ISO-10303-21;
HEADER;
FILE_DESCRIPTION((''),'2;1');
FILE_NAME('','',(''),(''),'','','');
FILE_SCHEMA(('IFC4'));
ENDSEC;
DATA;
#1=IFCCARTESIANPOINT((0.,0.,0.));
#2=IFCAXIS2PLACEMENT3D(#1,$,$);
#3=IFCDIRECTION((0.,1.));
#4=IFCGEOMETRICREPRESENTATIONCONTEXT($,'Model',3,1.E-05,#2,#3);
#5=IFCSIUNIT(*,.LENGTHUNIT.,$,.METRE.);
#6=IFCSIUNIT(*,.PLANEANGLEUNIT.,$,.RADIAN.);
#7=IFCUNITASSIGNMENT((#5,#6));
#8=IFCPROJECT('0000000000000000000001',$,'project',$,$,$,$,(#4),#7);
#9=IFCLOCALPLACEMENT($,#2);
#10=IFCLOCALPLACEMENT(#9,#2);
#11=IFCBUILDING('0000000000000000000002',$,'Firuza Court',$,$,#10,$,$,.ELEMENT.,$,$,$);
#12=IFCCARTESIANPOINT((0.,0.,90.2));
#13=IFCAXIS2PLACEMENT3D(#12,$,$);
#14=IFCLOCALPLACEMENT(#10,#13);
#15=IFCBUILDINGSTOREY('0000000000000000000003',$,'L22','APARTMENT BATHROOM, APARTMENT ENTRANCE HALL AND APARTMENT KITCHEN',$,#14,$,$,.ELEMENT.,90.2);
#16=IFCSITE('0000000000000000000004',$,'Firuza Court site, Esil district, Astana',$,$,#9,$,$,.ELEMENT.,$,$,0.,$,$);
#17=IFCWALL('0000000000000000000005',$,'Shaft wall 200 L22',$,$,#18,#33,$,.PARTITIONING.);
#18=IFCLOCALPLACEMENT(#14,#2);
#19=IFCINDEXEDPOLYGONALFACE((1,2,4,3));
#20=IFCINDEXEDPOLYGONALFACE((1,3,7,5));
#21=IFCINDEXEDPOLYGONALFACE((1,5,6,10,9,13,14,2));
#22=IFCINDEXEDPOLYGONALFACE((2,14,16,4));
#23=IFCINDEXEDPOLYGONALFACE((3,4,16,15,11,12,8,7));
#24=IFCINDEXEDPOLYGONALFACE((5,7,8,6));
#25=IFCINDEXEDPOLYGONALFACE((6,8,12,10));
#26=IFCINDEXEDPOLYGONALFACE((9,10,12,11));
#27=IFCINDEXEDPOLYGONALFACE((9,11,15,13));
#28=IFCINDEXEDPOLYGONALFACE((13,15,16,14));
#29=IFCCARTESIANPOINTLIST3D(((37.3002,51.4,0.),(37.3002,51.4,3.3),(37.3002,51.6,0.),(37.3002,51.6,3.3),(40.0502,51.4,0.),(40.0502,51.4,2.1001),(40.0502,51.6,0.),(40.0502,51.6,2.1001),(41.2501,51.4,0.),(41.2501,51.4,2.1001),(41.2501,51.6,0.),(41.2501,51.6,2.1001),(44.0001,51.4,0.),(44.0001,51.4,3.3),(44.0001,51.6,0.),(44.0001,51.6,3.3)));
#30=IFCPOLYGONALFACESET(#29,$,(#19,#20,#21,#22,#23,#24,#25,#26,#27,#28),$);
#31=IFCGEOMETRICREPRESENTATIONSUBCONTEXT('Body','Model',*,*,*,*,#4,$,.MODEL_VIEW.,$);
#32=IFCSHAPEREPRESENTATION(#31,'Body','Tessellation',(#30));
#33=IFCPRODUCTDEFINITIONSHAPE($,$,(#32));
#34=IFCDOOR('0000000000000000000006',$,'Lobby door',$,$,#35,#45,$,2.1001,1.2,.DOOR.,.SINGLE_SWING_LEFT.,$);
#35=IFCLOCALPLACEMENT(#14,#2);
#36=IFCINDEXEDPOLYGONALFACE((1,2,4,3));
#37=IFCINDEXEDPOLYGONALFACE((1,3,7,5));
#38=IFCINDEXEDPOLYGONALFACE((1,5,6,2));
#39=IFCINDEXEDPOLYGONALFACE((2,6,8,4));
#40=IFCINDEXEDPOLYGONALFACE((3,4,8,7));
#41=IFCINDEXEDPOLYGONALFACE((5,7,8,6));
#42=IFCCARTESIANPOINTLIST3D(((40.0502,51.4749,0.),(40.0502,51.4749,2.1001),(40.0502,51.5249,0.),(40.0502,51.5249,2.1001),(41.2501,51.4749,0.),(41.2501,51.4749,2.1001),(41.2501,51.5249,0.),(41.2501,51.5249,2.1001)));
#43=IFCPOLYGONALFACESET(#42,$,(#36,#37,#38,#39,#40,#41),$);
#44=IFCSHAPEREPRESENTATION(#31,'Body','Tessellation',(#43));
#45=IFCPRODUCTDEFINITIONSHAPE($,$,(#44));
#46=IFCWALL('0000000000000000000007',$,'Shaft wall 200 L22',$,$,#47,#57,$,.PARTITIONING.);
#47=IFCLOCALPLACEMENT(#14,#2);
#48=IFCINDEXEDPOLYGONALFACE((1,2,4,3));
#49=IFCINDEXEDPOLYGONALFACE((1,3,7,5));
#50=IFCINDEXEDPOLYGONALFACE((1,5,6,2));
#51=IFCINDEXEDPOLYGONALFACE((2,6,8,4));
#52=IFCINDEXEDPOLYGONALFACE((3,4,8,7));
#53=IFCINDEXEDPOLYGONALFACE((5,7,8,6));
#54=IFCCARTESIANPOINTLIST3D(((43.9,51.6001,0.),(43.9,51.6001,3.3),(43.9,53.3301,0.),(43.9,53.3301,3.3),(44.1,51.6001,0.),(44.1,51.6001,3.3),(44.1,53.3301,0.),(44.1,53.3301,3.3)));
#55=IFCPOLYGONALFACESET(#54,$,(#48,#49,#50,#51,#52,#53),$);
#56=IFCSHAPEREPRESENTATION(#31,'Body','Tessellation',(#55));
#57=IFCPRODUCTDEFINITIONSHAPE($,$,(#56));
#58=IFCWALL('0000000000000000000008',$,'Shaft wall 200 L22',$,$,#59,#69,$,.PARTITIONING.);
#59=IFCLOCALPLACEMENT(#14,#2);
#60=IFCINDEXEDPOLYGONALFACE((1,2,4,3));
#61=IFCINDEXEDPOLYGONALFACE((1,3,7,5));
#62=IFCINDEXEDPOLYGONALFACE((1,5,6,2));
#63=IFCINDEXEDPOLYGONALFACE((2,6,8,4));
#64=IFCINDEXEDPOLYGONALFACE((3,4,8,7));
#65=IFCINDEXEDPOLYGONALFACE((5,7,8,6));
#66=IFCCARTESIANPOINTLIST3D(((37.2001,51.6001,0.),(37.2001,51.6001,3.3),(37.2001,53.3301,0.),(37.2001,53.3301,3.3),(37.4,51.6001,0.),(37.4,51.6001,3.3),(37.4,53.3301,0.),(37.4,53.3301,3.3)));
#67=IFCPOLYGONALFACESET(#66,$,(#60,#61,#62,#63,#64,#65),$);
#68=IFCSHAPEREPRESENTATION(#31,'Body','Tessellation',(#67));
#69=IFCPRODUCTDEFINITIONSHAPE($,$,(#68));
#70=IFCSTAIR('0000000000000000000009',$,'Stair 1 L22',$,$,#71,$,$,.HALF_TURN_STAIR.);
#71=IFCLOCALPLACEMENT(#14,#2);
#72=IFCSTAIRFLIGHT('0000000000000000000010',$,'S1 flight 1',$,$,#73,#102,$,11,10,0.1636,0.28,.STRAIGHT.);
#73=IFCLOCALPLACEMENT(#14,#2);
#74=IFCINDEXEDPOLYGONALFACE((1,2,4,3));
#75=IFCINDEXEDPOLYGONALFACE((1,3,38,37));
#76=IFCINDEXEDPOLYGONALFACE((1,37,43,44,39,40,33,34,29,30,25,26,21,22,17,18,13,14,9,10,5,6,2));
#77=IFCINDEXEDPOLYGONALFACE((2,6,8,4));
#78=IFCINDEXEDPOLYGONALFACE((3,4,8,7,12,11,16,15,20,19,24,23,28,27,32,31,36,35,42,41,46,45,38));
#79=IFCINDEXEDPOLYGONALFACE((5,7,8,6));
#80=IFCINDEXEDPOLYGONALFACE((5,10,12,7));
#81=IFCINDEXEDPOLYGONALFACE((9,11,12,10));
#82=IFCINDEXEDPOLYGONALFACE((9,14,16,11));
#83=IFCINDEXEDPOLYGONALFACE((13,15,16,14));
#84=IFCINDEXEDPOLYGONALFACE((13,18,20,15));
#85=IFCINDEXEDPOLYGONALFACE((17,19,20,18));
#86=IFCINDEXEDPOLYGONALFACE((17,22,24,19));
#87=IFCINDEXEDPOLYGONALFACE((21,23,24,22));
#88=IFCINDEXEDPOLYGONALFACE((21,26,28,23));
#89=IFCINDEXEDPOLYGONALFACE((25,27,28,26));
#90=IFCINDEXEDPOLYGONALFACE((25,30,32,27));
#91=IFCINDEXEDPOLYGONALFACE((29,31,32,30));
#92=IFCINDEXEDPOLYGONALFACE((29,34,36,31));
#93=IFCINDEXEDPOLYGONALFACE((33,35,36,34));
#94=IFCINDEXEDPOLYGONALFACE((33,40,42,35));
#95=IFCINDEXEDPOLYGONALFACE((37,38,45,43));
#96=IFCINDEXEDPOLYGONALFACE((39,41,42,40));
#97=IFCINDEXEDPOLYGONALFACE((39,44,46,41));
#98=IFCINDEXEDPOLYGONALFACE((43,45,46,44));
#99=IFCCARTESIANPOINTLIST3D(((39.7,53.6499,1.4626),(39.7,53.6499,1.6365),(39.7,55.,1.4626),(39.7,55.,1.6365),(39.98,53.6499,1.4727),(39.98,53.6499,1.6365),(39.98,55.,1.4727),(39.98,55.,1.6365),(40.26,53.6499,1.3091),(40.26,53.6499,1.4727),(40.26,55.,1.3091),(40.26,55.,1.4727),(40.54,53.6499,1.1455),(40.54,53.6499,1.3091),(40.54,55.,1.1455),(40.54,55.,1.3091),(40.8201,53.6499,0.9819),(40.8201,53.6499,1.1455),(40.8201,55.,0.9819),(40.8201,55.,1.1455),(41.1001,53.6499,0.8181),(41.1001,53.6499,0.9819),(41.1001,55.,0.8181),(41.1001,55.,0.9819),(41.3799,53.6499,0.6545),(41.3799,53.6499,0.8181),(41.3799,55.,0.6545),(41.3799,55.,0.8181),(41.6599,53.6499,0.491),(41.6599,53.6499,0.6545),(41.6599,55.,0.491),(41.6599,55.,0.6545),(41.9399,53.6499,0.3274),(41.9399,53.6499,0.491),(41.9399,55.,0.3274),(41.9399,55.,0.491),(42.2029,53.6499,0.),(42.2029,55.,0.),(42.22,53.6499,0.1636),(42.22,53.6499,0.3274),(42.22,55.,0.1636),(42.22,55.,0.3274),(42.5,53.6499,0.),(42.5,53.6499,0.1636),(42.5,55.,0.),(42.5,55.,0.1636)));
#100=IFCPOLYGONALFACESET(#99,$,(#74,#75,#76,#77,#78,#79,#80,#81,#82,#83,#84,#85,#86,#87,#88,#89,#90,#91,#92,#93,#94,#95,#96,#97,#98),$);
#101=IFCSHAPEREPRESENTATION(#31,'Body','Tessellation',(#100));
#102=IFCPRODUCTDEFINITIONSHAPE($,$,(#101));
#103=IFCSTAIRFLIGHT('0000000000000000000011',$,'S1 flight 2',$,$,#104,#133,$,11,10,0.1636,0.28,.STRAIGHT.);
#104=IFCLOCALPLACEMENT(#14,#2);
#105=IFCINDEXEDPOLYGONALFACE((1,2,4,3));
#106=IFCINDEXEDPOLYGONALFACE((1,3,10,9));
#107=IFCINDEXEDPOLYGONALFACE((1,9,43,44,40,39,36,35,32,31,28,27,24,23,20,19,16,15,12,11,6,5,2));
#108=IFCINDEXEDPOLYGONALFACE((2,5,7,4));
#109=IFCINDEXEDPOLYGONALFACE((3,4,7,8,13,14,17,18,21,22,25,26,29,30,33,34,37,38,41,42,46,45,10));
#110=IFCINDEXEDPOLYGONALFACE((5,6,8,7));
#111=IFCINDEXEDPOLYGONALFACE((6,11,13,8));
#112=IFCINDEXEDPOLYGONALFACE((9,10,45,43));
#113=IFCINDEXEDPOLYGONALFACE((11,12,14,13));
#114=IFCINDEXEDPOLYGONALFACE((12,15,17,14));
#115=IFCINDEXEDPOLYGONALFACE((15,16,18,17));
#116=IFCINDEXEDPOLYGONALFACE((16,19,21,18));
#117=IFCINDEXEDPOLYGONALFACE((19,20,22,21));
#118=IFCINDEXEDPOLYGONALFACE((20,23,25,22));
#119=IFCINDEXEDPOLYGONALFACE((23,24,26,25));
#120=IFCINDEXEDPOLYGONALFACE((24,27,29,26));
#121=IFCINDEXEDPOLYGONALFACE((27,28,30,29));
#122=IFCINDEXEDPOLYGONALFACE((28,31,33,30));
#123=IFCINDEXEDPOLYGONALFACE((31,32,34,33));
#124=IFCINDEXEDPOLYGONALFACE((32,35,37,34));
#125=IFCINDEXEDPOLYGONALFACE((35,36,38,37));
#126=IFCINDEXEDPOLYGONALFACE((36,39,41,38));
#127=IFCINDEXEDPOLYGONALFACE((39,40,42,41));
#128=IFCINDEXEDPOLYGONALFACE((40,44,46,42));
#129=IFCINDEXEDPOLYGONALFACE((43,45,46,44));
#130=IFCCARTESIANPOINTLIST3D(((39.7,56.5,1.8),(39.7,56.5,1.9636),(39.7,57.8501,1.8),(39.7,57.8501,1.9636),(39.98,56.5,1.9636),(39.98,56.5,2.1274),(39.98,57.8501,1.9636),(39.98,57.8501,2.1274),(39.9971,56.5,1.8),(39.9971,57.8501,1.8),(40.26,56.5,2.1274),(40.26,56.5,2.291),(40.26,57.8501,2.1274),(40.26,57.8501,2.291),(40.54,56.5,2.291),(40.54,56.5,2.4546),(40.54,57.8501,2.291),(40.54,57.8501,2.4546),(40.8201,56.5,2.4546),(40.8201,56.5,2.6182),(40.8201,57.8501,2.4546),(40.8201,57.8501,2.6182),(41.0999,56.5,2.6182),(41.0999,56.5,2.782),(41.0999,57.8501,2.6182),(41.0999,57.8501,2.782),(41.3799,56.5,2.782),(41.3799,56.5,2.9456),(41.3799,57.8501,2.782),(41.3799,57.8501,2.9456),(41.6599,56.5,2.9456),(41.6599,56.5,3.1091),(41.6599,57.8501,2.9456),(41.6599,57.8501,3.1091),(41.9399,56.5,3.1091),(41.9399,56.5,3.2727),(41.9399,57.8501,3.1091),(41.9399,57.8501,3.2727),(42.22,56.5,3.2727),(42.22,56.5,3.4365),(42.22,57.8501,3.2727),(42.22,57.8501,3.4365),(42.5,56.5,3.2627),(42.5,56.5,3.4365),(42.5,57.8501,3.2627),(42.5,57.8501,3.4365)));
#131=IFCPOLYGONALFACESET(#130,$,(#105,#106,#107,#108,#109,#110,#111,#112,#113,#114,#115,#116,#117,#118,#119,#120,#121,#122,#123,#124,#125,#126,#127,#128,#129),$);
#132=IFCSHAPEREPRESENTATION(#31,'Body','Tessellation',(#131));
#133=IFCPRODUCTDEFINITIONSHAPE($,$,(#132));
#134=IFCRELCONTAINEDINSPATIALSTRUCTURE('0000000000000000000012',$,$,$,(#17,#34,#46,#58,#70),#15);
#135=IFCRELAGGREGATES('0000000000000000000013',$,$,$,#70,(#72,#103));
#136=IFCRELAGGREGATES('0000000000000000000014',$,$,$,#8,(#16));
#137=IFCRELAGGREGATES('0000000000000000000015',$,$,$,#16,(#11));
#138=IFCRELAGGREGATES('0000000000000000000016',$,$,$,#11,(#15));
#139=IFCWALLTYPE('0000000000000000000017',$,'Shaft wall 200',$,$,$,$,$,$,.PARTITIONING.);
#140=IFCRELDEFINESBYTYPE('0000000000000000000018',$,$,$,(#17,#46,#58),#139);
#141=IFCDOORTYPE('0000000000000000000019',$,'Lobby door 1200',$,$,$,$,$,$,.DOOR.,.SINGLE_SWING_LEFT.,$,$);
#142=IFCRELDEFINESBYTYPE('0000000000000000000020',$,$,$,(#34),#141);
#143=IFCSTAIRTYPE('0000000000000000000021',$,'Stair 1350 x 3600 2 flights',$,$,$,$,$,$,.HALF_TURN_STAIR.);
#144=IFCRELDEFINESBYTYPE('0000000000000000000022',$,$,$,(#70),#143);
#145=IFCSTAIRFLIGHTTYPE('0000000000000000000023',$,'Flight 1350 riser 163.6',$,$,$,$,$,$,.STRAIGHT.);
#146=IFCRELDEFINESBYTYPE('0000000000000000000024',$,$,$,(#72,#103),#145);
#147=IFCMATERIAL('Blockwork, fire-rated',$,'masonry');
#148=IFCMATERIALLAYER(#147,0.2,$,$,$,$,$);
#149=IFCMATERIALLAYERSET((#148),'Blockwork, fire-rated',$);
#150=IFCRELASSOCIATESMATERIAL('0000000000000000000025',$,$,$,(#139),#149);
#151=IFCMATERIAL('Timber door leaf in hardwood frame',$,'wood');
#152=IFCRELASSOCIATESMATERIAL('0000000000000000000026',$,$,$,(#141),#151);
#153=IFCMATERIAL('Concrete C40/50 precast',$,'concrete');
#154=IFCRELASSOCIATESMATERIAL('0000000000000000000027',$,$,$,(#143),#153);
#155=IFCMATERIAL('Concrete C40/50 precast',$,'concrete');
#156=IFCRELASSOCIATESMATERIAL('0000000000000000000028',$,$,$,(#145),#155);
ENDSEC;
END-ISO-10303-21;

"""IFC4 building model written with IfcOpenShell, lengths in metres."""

from ifc_helpers import new_model, si_unit, direction, frame, frame_2d, origin, place, context, subcontext, project, spatial, polyline, rectangle, outline, extrude, material, layer, layer_set, type_object, element, fill, aggregate, save


model = new_model("IFC4")

# Units and contexts
model_context = context("Model", 3, precision=1e-05, world=origin(), true_north=direction((0.0, 1.0)))
body_context = subcontext(model_context, "Body", "Model", "MODEL_VIEW")
ifc_project = project(units=[si_unit("LENGTHUNIT", "METRE"), si_unit("PLANEANGLEUNIT", "RADIAN")], contexts=[model_context])

# Site, building, storey
site_placement = place(None, origin())
site = spatial("IfcSite", under=ifc_project, at=site_placement, Name="Firuza Court site, Esil district, Astana", CompositionType="ELEMENT", RefElevation=0.0)
building_placement = place(site_placement, origin())
building = spatial("IfcBuilding", under=site, at=building_placement, Name="Firuza Court", CompositionType="ELEMENT")
storey_placement = place(building_placement, frame((0.0, 0.0, 90.2)))
storey = spatial("IfcBuildingStorey", under=building, at=storey_placement, Name="L22", Description="APARTMENT BATHROOM, APARTMENT ENTRANCE HALL AND APARTMENT KITCHEN", CompositionType="ELEMENT", Elevation=90.2)

# Shared definitions
ifc_material_1 = material(Name="Blockwork, fire-rated", Category="masonry")

# Wall, opening, door
ifc_layer_1 = layer(ifc_material_1, 0.2)
ifc_layer_set_1 = layer_set([ifc_layer_1], Name="Blockwork, fire-rated")
wall_type_1 = type_object("IfcWallType", Name="Shaft wall 200", PredefinedType="PARTITIONING", material=ifc_layer_set_1)
wall_1_placement = place(storey_placement, frame((37.3, 51.5, 0.0), z_axis=(0.0, 0.0, 1.0), x_axis=(1.0, 0.0, 0.0)))
wall_1 = element("IfcWall", 1, at=wall_1_placement, inside=storey, type_object=wall_type_1, Name="Shaft wall 200 L22", PredefinedType="PARTITIONING", context=body_context, shape_type="SweptSolid", body=[
    extrude(rectangle(XDim=6.7, YDim=0.2, at=frame_2d((3.3501, 0.0))), origin(), (0.0, 0.0, 1.0), 3.3),
])
opening_1_placement = place(wall_1_placement, frame((2.75, 0.0, 0.0)))
opening_1 = element("IfcOpeningElement", 2, at=opening_1_placement, cuts=wall_1, PredefinedType="OPENING", context=body_context, shape_type="SweptSolid", body=[
    extrude(rectangle(XDim=1.2, YDim=2.1001, at=frame_2d((0.6001, 1.05))), frame((0.0, 0.1118, 0.0), z_axis=(0.0, -1.0, 0.0), x_axis=(1.0, 0.0, 0.0)), (0.0, 0.0, 1.0), 0.2239),
])
ifc_material_2 = material(Name="Timber door leaf in hardwood frame", Category="wood")
door_type_1 = type_object("IfcDoorType", Name="Lobby door 1200", OperationType="SINGLE_SWING_LEFT", PredefinedType="DOOR", material=ifc_material_2)
door_1_placement = place(opening_1_placement, origin())
door_1 = element("IfcDoor", 3, at=door_1_placement, inside=storey, type_object=door_type_1, Name="Lobby door", OperationType="SINGLE_SWING_LEFT", OverallHeight=2.1001, OverallWidth=1.2, PredefinedType="DOOR", context=body_context, shape_type="SweptSolid", body=[
    extrude(rectangle(XDim=1.2, YDim=2.1001, at=frame_2d((0.6001, 1.05))), frame((0.0, 0.0249, 0.0), z_axis=(0.0, -1.0, 0.0), x_axis=(1.0, 0.0, 0.0)), (0.0, 0.0, 1.0), 0.05),
])
fill(opening_1, door_1)

# Walls
for number, where, z_axis, x_axis, name in (
    (4, (44.0, 51.6001, 0.0), (0.0, 0.0, 1.0), (0.0, 1.0, 0.0), "Shaft wall 200 L22"),
    (5, (37.3, 51.6001, 0.0), (0.0, 0.0, 1.0), (0.0, 1.0, 0.0), "Shaft wall 200 L22"),
):
    element("IfcWall", number, at=place(storey_placement, frame(where, z_axis=z_axis, x_axis=x_axis)), inside=storey, type_object=wall_type_1, Name=name, PredefinedType="PARTITIONING", context=body_context, shape_type="SweptSolid", body=[
        extrude(rectangle(XDim=1.73, YDim=0.2, at=frame_2d((0.865, 0.0))), origin(), (0.0, 0.0, 1.0), 3.3),
    ])

# Stair, stair flights
ifc_material_3 = material(Name="Concrete C40/50 precast", Category="concrete")
stair_type = type_object("IfcStairType", Name="Stair 1350 x 3600 2 flights", PredefinedType="HALF_TURN_STAIR", material=ifc_material_3)
stair_placement = place(storey_placement, origin())
stair = element("IfcStair", 6, at=stair_placement, inside=storey, type_object=stair_type, Name="Stair 1 L22", PredefinedType="HALF_TURN_STAIR")
ifc_material_4 = material(Name="Concrete C40/50 precast", Category="concrete")
stair_flight_type = type_object("IfcStairFlightType", Name="Flight 1350 riser 163.6", PredefinedType="STRAIGHT", material=ifc_material_4)
stair_flight_1_placement = place(storey_placement, frame((42.5, 54.325, 0.0), z_axis=(0.0, 0.0, 1.0), x_axis=(-1.0, 0.0, 0.0)))
stair_flight_1 = element("IfcStairFlight", 7, at=stair_flight_1_placement, type_object=stair_flight_type, Name="S1 flight 1", NumberOfRisers=11, NumberOfTreads=10, PredefinedType="STRAIGHT", RiserHeight=0.1636, TreadLength=0.28, context=body_context, shape_type="SweptSolid", body=[
    extrude(outline(polyline([(0.0, 0.0), (0.0, 0.1636), (0.28, 0.1636), (0.28, 0.3274), (0.5601, 0.3274), (0.5601, 0.491), (0.8401, 0.491), (0.8401, 0.6545), (1.1201, 0.6545), (1.1201, 0.8181), (1.3999, 0.8181), (1.3999, 0.9819), (1.6799, 0.9819), (1.6799, 1.1455), (1.96, 1.1455), (1.96, 1.3091), (2.24, 1.3091), (2.24, 1.4727), (2.52, 1.4727), (2.52, 1.6365), (2.8, 1.6365), (2.8, 1.8), (2.8, 1.4626), (0.2971, 0.0), (0.0, 0.0)])), frame((0.0, 0.675, 0.0), z_axis=(0.0, -1.0, 0.0), x_axis=(1.0, 0.0, 0.0)), (0.0, 0.0, 1.0), 1.3501),
])
stair_flight_2_placement = place(storey_placement, frame((39.7, 57.175, 1.8), z_axis=(0.0, 0.0, 1.0), x_axis=(1.0, 0.0, 0.0)))
stair_flight_2 = element("IfcStairFlight", 8, at=stair_flight_2_placement, type_object=stair_flight_type, Name="S1 flight 2", NumberOfRisers=11, NumberOfTreads=10, PredefinedType="STRAIGHT", RiserHeight=0.1636, TreadLength=0.28, context=body_context, shape_type="SweptSolid", body=[
    extrude(outline(polyline([(0.0, 0.0), (0.0, 0.1636), (0.28, 0.1636), (0.28, 0.3274), (0.5601, 0.3274), (0.5601, 0.491), (0.8401, 0.491), (0.8401, 0.6545), (1.1201, 0.6545), (1.1201, 0.8181), (1.3999, 0.8181), (1.3999, 0.9819), (1.6799, 0.9819), (1.6799, 1.1455), (1.96, 1.1455), (1.96, 1.3091), (2.24, 1.3091), (2.24, 1.4727), (2.52, 1.4727), (2.52, 1.6365), (2.8, 1.6365), (2.8, 1.8), (2.8, 1.4626), (0.2971, 0.0), (0.0, 0.0)])), frame((0.0, 0.675, 0.0), z_axis=(0.0, -1.0, 0.0), x_axis=(1.0, 0.0, 0.0)), (0.0, 0.0, 1.0), 1.3501),
])
aggregate(stair, [stair_flight_1, stair_flight_2])

save(model, "model.ifc")
